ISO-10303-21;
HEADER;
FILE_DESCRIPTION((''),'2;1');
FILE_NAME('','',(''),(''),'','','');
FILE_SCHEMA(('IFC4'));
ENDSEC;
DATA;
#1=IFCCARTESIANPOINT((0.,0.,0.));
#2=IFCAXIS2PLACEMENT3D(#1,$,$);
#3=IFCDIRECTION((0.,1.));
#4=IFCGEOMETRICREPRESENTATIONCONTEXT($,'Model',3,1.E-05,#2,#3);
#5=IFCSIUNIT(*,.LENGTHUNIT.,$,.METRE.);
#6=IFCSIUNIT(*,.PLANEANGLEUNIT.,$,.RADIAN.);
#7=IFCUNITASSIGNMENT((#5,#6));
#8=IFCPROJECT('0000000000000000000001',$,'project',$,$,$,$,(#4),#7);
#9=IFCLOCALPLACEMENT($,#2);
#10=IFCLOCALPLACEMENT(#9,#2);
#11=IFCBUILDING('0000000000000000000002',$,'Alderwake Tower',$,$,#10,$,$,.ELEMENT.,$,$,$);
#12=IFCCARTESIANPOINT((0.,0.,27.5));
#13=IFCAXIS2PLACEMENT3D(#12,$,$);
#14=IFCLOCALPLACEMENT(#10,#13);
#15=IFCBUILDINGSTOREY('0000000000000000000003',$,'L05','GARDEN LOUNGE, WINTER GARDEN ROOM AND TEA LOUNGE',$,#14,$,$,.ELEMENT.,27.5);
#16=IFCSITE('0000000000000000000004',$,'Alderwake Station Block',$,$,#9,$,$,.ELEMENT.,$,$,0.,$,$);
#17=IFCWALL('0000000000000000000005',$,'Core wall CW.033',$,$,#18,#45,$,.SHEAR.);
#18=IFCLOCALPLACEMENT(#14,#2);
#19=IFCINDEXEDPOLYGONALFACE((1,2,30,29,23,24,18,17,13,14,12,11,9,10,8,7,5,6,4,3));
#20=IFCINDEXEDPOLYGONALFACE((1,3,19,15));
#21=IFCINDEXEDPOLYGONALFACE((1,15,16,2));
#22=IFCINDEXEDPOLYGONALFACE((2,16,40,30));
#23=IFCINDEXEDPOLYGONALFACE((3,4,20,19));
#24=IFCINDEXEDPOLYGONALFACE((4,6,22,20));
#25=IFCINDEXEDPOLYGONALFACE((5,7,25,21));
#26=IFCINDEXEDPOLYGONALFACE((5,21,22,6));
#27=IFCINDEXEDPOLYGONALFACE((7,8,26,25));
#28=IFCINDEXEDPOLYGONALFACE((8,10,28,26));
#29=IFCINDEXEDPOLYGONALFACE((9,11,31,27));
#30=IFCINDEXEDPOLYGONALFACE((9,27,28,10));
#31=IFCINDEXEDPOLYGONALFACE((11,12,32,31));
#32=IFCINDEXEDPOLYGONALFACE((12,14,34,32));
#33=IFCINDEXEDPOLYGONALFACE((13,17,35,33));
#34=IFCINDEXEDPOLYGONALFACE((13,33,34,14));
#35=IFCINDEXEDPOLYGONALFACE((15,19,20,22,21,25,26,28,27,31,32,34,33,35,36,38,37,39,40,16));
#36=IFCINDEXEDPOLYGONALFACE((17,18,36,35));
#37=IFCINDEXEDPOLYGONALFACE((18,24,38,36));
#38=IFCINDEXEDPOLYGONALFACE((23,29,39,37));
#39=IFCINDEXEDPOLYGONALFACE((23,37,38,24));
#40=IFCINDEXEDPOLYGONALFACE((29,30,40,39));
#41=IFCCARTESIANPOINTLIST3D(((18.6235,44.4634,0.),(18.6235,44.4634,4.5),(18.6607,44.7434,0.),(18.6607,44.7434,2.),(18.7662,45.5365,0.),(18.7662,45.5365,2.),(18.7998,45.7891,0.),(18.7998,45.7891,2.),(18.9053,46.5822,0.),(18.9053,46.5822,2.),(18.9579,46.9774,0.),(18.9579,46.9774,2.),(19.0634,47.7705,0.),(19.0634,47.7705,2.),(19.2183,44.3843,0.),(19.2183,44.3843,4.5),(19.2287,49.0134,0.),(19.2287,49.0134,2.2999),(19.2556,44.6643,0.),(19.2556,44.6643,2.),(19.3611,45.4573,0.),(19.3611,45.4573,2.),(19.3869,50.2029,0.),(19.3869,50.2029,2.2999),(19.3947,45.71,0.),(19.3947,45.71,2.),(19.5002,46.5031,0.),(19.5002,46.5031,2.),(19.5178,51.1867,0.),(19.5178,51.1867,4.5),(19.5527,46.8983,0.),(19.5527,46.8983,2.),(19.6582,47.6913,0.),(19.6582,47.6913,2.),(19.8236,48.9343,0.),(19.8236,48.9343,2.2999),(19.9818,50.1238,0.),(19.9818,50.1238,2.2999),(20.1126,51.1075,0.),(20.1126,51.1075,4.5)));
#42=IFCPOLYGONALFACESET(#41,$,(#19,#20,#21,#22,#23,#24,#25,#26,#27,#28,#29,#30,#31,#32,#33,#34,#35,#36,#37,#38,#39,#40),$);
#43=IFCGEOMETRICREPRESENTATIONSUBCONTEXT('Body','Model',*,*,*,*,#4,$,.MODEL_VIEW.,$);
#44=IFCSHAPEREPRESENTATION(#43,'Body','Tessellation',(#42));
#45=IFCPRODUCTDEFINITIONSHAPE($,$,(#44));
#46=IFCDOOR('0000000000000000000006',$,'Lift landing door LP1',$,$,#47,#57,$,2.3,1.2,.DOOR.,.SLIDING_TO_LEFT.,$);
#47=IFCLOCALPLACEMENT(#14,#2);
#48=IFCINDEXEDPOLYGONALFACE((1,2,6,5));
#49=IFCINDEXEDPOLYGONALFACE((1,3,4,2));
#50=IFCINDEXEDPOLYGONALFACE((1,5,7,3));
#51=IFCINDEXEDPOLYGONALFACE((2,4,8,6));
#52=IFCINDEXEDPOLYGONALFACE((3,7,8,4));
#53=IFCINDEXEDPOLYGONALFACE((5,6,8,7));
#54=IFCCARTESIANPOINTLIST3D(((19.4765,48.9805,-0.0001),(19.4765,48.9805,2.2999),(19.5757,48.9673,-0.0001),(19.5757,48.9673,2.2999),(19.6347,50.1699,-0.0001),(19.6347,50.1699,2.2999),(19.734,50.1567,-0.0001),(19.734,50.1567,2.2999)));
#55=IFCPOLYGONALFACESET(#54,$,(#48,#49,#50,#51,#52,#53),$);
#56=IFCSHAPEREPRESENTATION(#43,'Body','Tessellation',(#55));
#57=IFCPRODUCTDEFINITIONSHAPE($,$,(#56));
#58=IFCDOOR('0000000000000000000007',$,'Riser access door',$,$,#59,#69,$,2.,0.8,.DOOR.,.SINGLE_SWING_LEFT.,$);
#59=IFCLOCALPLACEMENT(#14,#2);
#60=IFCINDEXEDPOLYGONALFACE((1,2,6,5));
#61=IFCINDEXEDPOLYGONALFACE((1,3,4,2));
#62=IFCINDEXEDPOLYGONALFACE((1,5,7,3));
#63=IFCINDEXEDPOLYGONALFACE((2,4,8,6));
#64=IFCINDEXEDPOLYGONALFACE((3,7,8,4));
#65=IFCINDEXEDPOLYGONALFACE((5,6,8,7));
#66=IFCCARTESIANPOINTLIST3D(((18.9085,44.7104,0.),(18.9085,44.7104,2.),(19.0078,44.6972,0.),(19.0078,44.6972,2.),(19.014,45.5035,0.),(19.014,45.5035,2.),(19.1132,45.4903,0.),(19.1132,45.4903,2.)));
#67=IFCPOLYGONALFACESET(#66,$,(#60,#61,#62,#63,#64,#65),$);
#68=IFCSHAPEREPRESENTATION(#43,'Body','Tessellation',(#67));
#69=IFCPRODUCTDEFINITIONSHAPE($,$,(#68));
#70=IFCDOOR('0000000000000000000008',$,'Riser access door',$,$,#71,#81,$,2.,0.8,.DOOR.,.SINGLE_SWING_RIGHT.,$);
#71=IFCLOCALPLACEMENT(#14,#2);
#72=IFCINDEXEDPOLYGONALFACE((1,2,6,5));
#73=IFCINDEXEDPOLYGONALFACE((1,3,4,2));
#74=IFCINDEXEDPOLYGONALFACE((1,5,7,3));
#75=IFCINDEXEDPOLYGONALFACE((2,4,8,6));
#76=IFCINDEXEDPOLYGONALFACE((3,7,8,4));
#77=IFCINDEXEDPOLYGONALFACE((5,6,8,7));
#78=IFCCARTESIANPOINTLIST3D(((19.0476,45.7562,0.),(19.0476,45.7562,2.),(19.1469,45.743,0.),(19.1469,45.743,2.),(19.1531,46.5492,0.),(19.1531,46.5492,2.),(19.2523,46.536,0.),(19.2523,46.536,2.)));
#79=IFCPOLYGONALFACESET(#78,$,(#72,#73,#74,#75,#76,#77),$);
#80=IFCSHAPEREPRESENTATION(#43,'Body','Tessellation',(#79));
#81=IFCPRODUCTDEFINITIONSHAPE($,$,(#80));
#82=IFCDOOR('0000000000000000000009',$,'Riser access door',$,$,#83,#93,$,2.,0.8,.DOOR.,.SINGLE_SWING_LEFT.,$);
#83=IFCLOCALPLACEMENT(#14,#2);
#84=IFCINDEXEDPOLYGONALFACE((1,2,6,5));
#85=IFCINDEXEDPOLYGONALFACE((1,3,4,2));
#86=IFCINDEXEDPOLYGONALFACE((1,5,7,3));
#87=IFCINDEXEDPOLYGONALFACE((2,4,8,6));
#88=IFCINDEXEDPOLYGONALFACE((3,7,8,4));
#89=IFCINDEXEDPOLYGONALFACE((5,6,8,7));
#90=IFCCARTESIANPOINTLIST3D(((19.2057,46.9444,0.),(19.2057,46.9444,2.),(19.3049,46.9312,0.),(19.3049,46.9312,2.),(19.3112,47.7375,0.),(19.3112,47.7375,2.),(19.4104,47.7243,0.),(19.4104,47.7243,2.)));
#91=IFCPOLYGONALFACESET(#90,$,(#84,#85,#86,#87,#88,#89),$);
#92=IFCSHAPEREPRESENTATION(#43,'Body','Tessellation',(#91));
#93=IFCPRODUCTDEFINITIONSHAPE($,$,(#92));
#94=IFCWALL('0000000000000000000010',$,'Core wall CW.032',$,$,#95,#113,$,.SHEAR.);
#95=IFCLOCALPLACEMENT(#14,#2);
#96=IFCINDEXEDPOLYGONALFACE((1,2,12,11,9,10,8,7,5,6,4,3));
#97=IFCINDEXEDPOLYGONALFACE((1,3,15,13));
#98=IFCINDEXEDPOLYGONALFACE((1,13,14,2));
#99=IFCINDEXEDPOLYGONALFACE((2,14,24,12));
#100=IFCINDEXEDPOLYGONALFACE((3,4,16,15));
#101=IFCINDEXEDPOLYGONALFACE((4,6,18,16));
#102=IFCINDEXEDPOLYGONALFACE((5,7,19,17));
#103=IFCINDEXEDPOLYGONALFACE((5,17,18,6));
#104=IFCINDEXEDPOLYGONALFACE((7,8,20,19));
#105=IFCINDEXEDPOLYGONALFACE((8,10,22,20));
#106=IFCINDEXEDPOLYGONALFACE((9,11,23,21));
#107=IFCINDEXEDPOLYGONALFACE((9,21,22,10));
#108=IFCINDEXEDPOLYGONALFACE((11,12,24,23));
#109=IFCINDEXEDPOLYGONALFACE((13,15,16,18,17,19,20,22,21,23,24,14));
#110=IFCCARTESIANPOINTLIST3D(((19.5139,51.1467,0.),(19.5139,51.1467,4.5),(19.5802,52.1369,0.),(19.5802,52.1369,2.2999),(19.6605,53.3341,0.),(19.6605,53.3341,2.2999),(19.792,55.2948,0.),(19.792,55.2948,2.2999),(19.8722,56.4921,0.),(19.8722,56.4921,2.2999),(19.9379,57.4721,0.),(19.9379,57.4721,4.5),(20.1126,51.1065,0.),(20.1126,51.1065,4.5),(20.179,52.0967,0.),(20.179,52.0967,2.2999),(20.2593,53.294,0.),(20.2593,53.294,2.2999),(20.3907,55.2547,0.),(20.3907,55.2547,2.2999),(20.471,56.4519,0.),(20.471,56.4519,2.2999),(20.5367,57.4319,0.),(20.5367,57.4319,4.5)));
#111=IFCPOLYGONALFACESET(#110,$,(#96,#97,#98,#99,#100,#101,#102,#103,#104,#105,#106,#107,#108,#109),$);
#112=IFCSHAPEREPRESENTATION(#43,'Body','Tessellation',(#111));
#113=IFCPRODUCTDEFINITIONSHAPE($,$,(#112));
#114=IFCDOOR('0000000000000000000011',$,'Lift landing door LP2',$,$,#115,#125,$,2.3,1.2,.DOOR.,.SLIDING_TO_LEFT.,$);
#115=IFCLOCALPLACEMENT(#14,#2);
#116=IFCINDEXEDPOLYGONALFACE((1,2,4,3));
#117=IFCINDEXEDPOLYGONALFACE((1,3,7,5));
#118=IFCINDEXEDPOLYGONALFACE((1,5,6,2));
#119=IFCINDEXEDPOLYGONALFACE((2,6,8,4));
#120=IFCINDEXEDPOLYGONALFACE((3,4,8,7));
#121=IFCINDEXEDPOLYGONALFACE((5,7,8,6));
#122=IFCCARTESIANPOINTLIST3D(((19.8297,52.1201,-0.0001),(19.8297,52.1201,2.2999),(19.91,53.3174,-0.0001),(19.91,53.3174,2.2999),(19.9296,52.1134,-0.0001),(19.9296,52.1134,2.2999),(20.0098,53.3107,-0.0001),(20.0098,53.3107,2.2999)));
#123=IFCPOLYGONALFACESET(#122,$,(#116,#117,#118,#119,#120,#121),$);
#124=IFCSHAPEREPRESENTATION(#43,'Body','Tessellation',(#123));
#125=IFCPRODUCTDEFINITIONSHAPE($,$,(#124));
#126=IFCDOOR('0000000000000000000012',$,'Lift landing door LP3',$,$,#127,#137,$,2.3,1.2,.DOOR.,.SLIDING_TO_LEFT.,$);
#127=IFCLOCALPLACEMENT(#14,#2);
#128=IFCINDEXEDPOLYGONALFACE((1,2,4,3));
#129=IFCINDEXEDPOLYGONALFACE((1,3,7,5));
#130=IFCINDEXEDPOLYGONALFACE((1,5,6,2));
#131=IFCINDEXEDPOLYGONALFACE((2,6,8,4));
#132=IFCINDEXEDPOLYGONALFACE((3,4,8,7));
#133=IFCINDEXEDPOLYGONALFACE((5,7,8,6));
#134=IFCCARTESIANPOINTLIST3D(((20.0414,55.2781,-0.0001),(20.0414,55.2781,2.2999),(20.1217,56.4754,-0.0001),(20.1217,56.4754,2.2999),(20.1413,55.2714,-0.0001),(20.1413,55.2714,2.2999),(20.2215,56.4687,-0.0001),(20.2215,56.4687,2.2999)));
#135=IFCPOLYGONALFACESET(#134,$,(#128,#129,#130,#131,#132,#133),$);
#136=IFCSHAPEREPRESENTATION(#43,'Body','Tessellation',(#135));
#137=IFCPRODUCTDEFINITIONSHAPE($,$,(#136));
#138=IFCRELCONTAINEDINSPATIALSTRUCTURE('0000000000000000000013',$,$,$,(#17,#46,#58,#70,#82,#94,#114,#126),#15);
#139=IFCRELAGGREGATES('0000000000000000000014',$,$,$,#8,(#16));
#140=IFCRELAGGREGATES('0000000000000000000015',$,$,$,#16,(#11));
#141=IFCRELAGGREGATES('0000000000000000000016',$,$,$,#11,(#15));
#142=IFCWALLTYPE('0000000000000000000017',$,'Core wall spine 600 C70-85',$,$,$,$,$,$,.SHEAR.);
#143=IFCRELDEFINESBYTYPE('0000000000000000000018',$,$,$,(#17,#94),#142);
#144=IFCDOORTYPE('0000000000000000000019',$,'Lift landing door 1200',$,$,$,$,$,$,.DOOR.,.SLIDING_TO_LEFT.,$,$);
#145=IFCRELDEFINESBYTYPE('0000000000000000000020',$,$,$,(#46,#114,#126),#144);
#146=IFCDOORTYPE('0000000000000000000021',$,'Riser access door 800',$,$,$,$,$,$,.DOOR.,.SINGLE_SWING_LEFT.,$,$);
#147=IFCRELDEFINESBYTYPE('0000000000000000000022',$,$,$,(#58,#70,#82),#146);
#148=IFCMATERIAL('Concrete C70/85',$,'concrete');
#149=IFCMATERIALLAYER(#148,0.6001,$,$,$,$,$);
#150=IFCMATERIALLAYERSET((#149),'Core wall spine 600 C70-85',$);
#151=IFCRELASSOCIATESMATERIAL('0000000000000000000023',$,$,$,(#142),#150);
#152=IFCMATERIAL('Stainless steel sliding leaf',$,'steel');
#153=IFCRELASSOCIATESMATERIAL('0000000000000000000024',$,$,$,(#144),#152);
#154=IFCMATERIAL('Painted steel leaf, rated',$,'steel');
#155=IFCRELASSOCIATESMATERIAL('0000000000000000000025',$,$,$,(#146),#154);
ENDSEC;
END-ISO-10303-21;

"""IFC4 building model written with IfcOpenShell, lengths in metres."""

from ifc_helpers import new_model, si_unit, direction, frame, frame_2d, origin, place, context, subcontext, project, spatial, rectangle, extrude, material, layer, layer_set, type_object, element, fill, save


model = new_model("IFC4")

# Units and contexts
model_context = context("Model", 3, precision=1e-05, world=origin(), true_north=direction((0.0, 1.0)))
body_context = subcontext(model_context, "Body", "Model", "MODEL_VIEW")
ifc_project = project(units=[si_unit("LENGTHUNIT", "METRE"), si_unit("PLANEANGLEUNIT", "RADIAN")], contexts=[model_context])

# Site, building, storey
site_placement = place(None, origin())
site = spatial("IfcSite", under=ifc_project, at=site_placement, Name="Alderwake Station Block", CompositionType="ELEMENT", RefElevation=0.0)
building_placement = place(site_placement, origin())
building = spatial("IfcBuilding", under=site, at=building_placement, Name="Alderwake Tower", CompositionType="ELEMENT")
storey_placement = place(building_placement, frame((0.0, 0.0, 27.5)))
storey = spatial("IfcBuildingStorey", under=building, at=storey_placement, Name="L05", Description="GARDEN LOUNGE, WINTER GARDEN ROOM AND TEA LOUNGE", CompositionType="ELEMENT", Elevation=27.5)

# Walls, openings, doors
ifc_material_1 = material(Name="Concrete C70/85", Category="concrete")
ifc_layer_1 = layer(ifc_material_1, 0.6001)
ifc_layer_set_1 = layer_set([ifc_layer_1], Name="Core wall spine 600 C70-85")
wall_type_1 = type_object("IfcWallType", Name="Core wall spine 600 C70-85", PredefinedType="SHEAR", material=ifc_layer_set_1)
wall_1_placement = place(storey_placement, frame((19.8152, 51.147, 0.0), z_axis=(0.0, 0.0, 1.0), x_axis=(-0.131855, -0.991269, 0.0)))
wall_1 = element("IfcWall", 1, at=wall_1_placement, inside=storey, type_object=wall_type_1, Name="Core wall CW.033", PredefinedType="SHEAR", context=body_context, shape_type="SweptSolid", body=[
    extrude(rectangle(XDim=6.7825, YDim=0.6001, at=frame_2d((3.3911, 0.0))), origin(), (0.0, 0.0, 1.0), 4.5),
])
opening_1_placement = place(wall_1_placement, frame((0.9922, 0.0, 0.0)))
opening_1 = element("IfcOpeningElement", 2, at=opening_1_placement, cuts=wall_1, PredefinedType="OPENING", context=body_context, shape_type="SweptSolid", body=[
    extrude(rectangle(XDim=1.2, YDim=2.3, at=frame_2d((0.6001, 1.1499))), frame((0.0, 0.3101, 0.0), z_axis=(0.0, -1.0, 0.0), x_axis=(1.0, 0.0, 0.0)), (0.0, 0.0, 1.0), 0.6201),
])
opening_2_placement = place(wall_1_placement, frame((5.7, 0.0, 0.0)))
opening_2 = element("IfcOpeningElement", 3, at=opening_2_placement, cuts=wall_1, PredefinedType="OPENING", context=body_context, shape_type="SweptSolid", body=[
    extrude(rectangle(XDim=0.8, YDim=2.0, at=frame_2d((0.3999, 1.0))), frame((0.0, 0.3101, 0.0), z_axis=(0.0, -1.0, 0.0), x_axis=(1.0, 0.0, 0.0)), (0.0, 0.0, 1.0), 0.6201),
])
opening_3_placement = place(wall_1_placement, frame((4.645, 0.0, 0.0)))
opening_3 = element("IfcOpeningElement", 4, at=opening_3_placement, cuts=wall_1, PredefinedType="OPENING", context=body_context, shape_type="SweptSolid", body=[
    extrude(rectangle(XDim=0.8, YDim=2.0, at=frame_2d((0.3999, 1.0))), frame((0.0, 0.3101, 0.0), z_axis=(0.0, -1.0, 0.0), x_axis=(1.0, 0.0, 0.0)), (0.0, 0.0, 1.0), 0.6201),
])
opening_4_placement = place(wall_1_placement, frame((3.4463, 0.0, 0.0)))
opening_4 = element("IfcOpeningElement", 5, at=opening_4_placement, cuts=wall_1, PredefinedType="OPENING", context=body_context, shape_type="SweptSolid", body=[
    extrude(rectangle(XDim=0.8, YDim=2.0, at=frame_2d((0.3999, 1.0))), frame((0.0, 0.3101, 0.0), z_axis=(0.0, -1.0, 0.0), x_axis=(1.0, 0.0, 0.0)), (0.0, 0.0, 1.0), 0.6201),
])
ifc_material_2 = material(Name="Stainless steel sliding leaf", Category="steel")
door_type_1 = type_object("IfcDoorType", Name="Lift landing door 1200", OperationType="SLIDING_TO_LEFT", PredefinedType="DOOR", material=ifc_material_2)
door_1_placement = place(opening_1_placement, origin())
door_1 = element("IfcDoor", 6, at=door_1_placement, inside=storey, type_object=door_type_1, Name="Lift landing door LP1", OperationType="SLIDING_TO_LEFT", OverallHeight=2.3, OverallWidth=1.2, PredefinedType="DOOR", context=body_context, shape_type="SweptSolid", body=[
    extrude(rectangle(XDim=1.2, YDim=2.3, at=frame_2d((0.6001, 1.1499))), frame((0.0, 0.05, 0.0), z_axis=(0.0, -1.0, 0.0), x_axis=(1.0, 0.0, 0.0)), (0.0, 0.0, 1.0), 0.1001),
])
fill(opening_1, door_1)
ifc_material_3 = material(Name="Painted steel leaf, rated", Category="steel")
door_type_2 = type_object("IfcDoorType", Name="Riser access door 800", OperationType="SINGLE_SWING_LEFT", PredefinedType="DOOR", material=ifc_material_3)
door_2_placement = place(opening_2_placement, origin())
door_2 = element("IfcDoor", 7, at=door_2_placement, inside=storey, type_object=door_type_2, Name="Riser access door", OperationType="SINGLE_SWING_LEFT", OverallHeight=2.0, OverallWidth=0.8, PredefinedType="DOOR", context=body_context, shape_type="SweptSolid", body=[
    extrude(rectangle(XDim=0.8, YDim=2.0, at=frame_2d((0.3999, 1.0))), frame((0.0, 0.05, 0.0), z_axis=(0.0, -1.0, 0.0), x_axis=(1.0, 0.0, 0.0)), (0.0, 0.0, 1.0), 0.1001),
])
fill(opening_2, door_2)
door_3_placement = place(opening_3_placement, origin())
door_3 = element("IfcDoor", 8, at=door_3_placement, inside=storey, type_object=door_type_2, Name="Riser access door", OperationType="SINGLE_SWING_RIGHT", OverallHeight=2.0, OverallWidth=0.8, PredefinedType="DOOR", context=body_context, shape_type="SweptSolid", body=[
    extrude(rectangle(XDim=0.8, YDim=2.0, at=frame_2d((0.3999, 1.0))), frame((0.0, 0.05, 0.0), z_axis=(0.0, -1.0, 0.0), x_axis=(1.0, 0.0, 0.0)), (0.0, 0.0, 1.0), 0.1001),
])
fill(opening_3, door_3)
door_4_placement = place(opening_4_placement, origin())
door_4 = element("IfcDoor", 9, at=door_4_placement, inside=storey, type_object=door_type_2, Name="Riser access door", OperationType="SINGLE_SWING_LEFT", OverallHeight=2.0, OverallWidth=0.8, PredefinedType="DOOR", context=body_context, shape_type="SweptSolid", body=[
    extrude(rectangle(XDim=0.8, YDim=2.0, at=frame_2d((0.3999, 1.0))), frame((0.0, 0.05, 0.0), z_axis=(0.0, -1.0, 0.0), x_axis=(1.0, 0.0, 0.0)), (0.0, 0.0, 1.0), 0.1001),
])
fill(opening_4, door_4)
wall_2_placement = place(storey_placement, frame((19.8132, 51.1265, 0.0), z_axis=(0.0, 0.0, 1.0), x_axis=(0.066892, 0.99776, 0.0)))
wall_2 = element("IfcWall", 10, at=wall_2_placement, inside=storey, type_object=wall_type_1, Name="Core wall CW.032", PredefinedType="SHEAR", context=body_context, shape_type="SweptSolid", body=[
    extrude(rectangle(XDim=6.3396, YDim=0.6001, at=frame_2d((3.1699, 0.0))), origin(), (0.0, 0.0, 1.0), 4.5),
])
opening_5_placement = place(wall_2_placement, frame((0.9924, 0.0, 0.0)))
opening_5 = element("IfcOpeningElement", 11, at=opening_5_placement, cuts=wall_2, PredefinedType="OPENING", context=body_context, shape_type="SweptSolid", body=[
    extrude(rectangle(XDim=1.2, YDim=2.3, at=frame_2d((0.6001, 1.1499))), frame((0.0, 0.3101, 0.0), z_axis=(0.0, -1.0, 0.0), x_axis=(1.0, 0.0, 0.0)), (0.0, 0.0, 1.0), 0.6201),
])
opening_6_placement = place(wall_2_placement, frame((4.1575, 0.0, 0.0)))
opening_6 = element("IfcOpeningElement", 12, at=opening_6_placement, cuts=wall_2, PredefinedType="OPENING", context=body_context, shape_type="SweptSolid", body=[
    extrude(rectangle(XDim=1.2, YDim=2.3, at=frame_2d((0.6001, 1.1499))), frame((0.0, 0.3101, 0.0), z_axis=(0.0, -1.0, 0.0), x_axis=(1.0, 0.0, 0.0)), (0.0, 0.0, 1.0), 0.6201),
])
door_5_placement = place(opening_5_placement, origin())
door_5 = element("IfcDoor", 13, at=door_5_placement, inside=storey, type_object=door_type_1, Name="Lift landing door LP2", OperationType="SLIDING_TO_LEFT", OverallHeight=2.3, OverallWidth=1.2, PredefinedType="DOOR", context=body_context, shape_type="SweptSolid", body=[
    extrude(rectangle(XDim=1.2, YDim=2.3, at=frame_2d((0.6001, 1.1499))), frame((0.0, 0.05, 0.0), z_axis=(0.0, -1.0, 0.0), x_axis=(1.0, 0.0, 0.0)), (0.0, 0.0, 1.0), 0.1001),
])
fill(opening_5, door_5)
door_6_placement = place(opening_6_placement, origin())
door_6 = element("IfcDoor", 14, at=door_6_placement, inside=storey, type_object=door_type_1, Name="Lift landing door LP3", OperationType="SLIDING_TO_LEFT", OverallHeight=2.3, OverallWidth=1.2, PredefinedType="DOOR", context=body_context, shape_type="SweptSolid", body=[
    extrude(rectangle(XDim=1.2, YDim=2.3, at=frame_2d((0.6001, 1.1499))), frame((0.0, 0.05, 0.0), z_axis=(0.0, -1.0, 0.0), x_axis=(1.0, 0.0, 0.0)), (0.0, 0.0, 1.0), 0.1001),
])
fill(opening_6, door_6)

save(model, "model.ifc")
